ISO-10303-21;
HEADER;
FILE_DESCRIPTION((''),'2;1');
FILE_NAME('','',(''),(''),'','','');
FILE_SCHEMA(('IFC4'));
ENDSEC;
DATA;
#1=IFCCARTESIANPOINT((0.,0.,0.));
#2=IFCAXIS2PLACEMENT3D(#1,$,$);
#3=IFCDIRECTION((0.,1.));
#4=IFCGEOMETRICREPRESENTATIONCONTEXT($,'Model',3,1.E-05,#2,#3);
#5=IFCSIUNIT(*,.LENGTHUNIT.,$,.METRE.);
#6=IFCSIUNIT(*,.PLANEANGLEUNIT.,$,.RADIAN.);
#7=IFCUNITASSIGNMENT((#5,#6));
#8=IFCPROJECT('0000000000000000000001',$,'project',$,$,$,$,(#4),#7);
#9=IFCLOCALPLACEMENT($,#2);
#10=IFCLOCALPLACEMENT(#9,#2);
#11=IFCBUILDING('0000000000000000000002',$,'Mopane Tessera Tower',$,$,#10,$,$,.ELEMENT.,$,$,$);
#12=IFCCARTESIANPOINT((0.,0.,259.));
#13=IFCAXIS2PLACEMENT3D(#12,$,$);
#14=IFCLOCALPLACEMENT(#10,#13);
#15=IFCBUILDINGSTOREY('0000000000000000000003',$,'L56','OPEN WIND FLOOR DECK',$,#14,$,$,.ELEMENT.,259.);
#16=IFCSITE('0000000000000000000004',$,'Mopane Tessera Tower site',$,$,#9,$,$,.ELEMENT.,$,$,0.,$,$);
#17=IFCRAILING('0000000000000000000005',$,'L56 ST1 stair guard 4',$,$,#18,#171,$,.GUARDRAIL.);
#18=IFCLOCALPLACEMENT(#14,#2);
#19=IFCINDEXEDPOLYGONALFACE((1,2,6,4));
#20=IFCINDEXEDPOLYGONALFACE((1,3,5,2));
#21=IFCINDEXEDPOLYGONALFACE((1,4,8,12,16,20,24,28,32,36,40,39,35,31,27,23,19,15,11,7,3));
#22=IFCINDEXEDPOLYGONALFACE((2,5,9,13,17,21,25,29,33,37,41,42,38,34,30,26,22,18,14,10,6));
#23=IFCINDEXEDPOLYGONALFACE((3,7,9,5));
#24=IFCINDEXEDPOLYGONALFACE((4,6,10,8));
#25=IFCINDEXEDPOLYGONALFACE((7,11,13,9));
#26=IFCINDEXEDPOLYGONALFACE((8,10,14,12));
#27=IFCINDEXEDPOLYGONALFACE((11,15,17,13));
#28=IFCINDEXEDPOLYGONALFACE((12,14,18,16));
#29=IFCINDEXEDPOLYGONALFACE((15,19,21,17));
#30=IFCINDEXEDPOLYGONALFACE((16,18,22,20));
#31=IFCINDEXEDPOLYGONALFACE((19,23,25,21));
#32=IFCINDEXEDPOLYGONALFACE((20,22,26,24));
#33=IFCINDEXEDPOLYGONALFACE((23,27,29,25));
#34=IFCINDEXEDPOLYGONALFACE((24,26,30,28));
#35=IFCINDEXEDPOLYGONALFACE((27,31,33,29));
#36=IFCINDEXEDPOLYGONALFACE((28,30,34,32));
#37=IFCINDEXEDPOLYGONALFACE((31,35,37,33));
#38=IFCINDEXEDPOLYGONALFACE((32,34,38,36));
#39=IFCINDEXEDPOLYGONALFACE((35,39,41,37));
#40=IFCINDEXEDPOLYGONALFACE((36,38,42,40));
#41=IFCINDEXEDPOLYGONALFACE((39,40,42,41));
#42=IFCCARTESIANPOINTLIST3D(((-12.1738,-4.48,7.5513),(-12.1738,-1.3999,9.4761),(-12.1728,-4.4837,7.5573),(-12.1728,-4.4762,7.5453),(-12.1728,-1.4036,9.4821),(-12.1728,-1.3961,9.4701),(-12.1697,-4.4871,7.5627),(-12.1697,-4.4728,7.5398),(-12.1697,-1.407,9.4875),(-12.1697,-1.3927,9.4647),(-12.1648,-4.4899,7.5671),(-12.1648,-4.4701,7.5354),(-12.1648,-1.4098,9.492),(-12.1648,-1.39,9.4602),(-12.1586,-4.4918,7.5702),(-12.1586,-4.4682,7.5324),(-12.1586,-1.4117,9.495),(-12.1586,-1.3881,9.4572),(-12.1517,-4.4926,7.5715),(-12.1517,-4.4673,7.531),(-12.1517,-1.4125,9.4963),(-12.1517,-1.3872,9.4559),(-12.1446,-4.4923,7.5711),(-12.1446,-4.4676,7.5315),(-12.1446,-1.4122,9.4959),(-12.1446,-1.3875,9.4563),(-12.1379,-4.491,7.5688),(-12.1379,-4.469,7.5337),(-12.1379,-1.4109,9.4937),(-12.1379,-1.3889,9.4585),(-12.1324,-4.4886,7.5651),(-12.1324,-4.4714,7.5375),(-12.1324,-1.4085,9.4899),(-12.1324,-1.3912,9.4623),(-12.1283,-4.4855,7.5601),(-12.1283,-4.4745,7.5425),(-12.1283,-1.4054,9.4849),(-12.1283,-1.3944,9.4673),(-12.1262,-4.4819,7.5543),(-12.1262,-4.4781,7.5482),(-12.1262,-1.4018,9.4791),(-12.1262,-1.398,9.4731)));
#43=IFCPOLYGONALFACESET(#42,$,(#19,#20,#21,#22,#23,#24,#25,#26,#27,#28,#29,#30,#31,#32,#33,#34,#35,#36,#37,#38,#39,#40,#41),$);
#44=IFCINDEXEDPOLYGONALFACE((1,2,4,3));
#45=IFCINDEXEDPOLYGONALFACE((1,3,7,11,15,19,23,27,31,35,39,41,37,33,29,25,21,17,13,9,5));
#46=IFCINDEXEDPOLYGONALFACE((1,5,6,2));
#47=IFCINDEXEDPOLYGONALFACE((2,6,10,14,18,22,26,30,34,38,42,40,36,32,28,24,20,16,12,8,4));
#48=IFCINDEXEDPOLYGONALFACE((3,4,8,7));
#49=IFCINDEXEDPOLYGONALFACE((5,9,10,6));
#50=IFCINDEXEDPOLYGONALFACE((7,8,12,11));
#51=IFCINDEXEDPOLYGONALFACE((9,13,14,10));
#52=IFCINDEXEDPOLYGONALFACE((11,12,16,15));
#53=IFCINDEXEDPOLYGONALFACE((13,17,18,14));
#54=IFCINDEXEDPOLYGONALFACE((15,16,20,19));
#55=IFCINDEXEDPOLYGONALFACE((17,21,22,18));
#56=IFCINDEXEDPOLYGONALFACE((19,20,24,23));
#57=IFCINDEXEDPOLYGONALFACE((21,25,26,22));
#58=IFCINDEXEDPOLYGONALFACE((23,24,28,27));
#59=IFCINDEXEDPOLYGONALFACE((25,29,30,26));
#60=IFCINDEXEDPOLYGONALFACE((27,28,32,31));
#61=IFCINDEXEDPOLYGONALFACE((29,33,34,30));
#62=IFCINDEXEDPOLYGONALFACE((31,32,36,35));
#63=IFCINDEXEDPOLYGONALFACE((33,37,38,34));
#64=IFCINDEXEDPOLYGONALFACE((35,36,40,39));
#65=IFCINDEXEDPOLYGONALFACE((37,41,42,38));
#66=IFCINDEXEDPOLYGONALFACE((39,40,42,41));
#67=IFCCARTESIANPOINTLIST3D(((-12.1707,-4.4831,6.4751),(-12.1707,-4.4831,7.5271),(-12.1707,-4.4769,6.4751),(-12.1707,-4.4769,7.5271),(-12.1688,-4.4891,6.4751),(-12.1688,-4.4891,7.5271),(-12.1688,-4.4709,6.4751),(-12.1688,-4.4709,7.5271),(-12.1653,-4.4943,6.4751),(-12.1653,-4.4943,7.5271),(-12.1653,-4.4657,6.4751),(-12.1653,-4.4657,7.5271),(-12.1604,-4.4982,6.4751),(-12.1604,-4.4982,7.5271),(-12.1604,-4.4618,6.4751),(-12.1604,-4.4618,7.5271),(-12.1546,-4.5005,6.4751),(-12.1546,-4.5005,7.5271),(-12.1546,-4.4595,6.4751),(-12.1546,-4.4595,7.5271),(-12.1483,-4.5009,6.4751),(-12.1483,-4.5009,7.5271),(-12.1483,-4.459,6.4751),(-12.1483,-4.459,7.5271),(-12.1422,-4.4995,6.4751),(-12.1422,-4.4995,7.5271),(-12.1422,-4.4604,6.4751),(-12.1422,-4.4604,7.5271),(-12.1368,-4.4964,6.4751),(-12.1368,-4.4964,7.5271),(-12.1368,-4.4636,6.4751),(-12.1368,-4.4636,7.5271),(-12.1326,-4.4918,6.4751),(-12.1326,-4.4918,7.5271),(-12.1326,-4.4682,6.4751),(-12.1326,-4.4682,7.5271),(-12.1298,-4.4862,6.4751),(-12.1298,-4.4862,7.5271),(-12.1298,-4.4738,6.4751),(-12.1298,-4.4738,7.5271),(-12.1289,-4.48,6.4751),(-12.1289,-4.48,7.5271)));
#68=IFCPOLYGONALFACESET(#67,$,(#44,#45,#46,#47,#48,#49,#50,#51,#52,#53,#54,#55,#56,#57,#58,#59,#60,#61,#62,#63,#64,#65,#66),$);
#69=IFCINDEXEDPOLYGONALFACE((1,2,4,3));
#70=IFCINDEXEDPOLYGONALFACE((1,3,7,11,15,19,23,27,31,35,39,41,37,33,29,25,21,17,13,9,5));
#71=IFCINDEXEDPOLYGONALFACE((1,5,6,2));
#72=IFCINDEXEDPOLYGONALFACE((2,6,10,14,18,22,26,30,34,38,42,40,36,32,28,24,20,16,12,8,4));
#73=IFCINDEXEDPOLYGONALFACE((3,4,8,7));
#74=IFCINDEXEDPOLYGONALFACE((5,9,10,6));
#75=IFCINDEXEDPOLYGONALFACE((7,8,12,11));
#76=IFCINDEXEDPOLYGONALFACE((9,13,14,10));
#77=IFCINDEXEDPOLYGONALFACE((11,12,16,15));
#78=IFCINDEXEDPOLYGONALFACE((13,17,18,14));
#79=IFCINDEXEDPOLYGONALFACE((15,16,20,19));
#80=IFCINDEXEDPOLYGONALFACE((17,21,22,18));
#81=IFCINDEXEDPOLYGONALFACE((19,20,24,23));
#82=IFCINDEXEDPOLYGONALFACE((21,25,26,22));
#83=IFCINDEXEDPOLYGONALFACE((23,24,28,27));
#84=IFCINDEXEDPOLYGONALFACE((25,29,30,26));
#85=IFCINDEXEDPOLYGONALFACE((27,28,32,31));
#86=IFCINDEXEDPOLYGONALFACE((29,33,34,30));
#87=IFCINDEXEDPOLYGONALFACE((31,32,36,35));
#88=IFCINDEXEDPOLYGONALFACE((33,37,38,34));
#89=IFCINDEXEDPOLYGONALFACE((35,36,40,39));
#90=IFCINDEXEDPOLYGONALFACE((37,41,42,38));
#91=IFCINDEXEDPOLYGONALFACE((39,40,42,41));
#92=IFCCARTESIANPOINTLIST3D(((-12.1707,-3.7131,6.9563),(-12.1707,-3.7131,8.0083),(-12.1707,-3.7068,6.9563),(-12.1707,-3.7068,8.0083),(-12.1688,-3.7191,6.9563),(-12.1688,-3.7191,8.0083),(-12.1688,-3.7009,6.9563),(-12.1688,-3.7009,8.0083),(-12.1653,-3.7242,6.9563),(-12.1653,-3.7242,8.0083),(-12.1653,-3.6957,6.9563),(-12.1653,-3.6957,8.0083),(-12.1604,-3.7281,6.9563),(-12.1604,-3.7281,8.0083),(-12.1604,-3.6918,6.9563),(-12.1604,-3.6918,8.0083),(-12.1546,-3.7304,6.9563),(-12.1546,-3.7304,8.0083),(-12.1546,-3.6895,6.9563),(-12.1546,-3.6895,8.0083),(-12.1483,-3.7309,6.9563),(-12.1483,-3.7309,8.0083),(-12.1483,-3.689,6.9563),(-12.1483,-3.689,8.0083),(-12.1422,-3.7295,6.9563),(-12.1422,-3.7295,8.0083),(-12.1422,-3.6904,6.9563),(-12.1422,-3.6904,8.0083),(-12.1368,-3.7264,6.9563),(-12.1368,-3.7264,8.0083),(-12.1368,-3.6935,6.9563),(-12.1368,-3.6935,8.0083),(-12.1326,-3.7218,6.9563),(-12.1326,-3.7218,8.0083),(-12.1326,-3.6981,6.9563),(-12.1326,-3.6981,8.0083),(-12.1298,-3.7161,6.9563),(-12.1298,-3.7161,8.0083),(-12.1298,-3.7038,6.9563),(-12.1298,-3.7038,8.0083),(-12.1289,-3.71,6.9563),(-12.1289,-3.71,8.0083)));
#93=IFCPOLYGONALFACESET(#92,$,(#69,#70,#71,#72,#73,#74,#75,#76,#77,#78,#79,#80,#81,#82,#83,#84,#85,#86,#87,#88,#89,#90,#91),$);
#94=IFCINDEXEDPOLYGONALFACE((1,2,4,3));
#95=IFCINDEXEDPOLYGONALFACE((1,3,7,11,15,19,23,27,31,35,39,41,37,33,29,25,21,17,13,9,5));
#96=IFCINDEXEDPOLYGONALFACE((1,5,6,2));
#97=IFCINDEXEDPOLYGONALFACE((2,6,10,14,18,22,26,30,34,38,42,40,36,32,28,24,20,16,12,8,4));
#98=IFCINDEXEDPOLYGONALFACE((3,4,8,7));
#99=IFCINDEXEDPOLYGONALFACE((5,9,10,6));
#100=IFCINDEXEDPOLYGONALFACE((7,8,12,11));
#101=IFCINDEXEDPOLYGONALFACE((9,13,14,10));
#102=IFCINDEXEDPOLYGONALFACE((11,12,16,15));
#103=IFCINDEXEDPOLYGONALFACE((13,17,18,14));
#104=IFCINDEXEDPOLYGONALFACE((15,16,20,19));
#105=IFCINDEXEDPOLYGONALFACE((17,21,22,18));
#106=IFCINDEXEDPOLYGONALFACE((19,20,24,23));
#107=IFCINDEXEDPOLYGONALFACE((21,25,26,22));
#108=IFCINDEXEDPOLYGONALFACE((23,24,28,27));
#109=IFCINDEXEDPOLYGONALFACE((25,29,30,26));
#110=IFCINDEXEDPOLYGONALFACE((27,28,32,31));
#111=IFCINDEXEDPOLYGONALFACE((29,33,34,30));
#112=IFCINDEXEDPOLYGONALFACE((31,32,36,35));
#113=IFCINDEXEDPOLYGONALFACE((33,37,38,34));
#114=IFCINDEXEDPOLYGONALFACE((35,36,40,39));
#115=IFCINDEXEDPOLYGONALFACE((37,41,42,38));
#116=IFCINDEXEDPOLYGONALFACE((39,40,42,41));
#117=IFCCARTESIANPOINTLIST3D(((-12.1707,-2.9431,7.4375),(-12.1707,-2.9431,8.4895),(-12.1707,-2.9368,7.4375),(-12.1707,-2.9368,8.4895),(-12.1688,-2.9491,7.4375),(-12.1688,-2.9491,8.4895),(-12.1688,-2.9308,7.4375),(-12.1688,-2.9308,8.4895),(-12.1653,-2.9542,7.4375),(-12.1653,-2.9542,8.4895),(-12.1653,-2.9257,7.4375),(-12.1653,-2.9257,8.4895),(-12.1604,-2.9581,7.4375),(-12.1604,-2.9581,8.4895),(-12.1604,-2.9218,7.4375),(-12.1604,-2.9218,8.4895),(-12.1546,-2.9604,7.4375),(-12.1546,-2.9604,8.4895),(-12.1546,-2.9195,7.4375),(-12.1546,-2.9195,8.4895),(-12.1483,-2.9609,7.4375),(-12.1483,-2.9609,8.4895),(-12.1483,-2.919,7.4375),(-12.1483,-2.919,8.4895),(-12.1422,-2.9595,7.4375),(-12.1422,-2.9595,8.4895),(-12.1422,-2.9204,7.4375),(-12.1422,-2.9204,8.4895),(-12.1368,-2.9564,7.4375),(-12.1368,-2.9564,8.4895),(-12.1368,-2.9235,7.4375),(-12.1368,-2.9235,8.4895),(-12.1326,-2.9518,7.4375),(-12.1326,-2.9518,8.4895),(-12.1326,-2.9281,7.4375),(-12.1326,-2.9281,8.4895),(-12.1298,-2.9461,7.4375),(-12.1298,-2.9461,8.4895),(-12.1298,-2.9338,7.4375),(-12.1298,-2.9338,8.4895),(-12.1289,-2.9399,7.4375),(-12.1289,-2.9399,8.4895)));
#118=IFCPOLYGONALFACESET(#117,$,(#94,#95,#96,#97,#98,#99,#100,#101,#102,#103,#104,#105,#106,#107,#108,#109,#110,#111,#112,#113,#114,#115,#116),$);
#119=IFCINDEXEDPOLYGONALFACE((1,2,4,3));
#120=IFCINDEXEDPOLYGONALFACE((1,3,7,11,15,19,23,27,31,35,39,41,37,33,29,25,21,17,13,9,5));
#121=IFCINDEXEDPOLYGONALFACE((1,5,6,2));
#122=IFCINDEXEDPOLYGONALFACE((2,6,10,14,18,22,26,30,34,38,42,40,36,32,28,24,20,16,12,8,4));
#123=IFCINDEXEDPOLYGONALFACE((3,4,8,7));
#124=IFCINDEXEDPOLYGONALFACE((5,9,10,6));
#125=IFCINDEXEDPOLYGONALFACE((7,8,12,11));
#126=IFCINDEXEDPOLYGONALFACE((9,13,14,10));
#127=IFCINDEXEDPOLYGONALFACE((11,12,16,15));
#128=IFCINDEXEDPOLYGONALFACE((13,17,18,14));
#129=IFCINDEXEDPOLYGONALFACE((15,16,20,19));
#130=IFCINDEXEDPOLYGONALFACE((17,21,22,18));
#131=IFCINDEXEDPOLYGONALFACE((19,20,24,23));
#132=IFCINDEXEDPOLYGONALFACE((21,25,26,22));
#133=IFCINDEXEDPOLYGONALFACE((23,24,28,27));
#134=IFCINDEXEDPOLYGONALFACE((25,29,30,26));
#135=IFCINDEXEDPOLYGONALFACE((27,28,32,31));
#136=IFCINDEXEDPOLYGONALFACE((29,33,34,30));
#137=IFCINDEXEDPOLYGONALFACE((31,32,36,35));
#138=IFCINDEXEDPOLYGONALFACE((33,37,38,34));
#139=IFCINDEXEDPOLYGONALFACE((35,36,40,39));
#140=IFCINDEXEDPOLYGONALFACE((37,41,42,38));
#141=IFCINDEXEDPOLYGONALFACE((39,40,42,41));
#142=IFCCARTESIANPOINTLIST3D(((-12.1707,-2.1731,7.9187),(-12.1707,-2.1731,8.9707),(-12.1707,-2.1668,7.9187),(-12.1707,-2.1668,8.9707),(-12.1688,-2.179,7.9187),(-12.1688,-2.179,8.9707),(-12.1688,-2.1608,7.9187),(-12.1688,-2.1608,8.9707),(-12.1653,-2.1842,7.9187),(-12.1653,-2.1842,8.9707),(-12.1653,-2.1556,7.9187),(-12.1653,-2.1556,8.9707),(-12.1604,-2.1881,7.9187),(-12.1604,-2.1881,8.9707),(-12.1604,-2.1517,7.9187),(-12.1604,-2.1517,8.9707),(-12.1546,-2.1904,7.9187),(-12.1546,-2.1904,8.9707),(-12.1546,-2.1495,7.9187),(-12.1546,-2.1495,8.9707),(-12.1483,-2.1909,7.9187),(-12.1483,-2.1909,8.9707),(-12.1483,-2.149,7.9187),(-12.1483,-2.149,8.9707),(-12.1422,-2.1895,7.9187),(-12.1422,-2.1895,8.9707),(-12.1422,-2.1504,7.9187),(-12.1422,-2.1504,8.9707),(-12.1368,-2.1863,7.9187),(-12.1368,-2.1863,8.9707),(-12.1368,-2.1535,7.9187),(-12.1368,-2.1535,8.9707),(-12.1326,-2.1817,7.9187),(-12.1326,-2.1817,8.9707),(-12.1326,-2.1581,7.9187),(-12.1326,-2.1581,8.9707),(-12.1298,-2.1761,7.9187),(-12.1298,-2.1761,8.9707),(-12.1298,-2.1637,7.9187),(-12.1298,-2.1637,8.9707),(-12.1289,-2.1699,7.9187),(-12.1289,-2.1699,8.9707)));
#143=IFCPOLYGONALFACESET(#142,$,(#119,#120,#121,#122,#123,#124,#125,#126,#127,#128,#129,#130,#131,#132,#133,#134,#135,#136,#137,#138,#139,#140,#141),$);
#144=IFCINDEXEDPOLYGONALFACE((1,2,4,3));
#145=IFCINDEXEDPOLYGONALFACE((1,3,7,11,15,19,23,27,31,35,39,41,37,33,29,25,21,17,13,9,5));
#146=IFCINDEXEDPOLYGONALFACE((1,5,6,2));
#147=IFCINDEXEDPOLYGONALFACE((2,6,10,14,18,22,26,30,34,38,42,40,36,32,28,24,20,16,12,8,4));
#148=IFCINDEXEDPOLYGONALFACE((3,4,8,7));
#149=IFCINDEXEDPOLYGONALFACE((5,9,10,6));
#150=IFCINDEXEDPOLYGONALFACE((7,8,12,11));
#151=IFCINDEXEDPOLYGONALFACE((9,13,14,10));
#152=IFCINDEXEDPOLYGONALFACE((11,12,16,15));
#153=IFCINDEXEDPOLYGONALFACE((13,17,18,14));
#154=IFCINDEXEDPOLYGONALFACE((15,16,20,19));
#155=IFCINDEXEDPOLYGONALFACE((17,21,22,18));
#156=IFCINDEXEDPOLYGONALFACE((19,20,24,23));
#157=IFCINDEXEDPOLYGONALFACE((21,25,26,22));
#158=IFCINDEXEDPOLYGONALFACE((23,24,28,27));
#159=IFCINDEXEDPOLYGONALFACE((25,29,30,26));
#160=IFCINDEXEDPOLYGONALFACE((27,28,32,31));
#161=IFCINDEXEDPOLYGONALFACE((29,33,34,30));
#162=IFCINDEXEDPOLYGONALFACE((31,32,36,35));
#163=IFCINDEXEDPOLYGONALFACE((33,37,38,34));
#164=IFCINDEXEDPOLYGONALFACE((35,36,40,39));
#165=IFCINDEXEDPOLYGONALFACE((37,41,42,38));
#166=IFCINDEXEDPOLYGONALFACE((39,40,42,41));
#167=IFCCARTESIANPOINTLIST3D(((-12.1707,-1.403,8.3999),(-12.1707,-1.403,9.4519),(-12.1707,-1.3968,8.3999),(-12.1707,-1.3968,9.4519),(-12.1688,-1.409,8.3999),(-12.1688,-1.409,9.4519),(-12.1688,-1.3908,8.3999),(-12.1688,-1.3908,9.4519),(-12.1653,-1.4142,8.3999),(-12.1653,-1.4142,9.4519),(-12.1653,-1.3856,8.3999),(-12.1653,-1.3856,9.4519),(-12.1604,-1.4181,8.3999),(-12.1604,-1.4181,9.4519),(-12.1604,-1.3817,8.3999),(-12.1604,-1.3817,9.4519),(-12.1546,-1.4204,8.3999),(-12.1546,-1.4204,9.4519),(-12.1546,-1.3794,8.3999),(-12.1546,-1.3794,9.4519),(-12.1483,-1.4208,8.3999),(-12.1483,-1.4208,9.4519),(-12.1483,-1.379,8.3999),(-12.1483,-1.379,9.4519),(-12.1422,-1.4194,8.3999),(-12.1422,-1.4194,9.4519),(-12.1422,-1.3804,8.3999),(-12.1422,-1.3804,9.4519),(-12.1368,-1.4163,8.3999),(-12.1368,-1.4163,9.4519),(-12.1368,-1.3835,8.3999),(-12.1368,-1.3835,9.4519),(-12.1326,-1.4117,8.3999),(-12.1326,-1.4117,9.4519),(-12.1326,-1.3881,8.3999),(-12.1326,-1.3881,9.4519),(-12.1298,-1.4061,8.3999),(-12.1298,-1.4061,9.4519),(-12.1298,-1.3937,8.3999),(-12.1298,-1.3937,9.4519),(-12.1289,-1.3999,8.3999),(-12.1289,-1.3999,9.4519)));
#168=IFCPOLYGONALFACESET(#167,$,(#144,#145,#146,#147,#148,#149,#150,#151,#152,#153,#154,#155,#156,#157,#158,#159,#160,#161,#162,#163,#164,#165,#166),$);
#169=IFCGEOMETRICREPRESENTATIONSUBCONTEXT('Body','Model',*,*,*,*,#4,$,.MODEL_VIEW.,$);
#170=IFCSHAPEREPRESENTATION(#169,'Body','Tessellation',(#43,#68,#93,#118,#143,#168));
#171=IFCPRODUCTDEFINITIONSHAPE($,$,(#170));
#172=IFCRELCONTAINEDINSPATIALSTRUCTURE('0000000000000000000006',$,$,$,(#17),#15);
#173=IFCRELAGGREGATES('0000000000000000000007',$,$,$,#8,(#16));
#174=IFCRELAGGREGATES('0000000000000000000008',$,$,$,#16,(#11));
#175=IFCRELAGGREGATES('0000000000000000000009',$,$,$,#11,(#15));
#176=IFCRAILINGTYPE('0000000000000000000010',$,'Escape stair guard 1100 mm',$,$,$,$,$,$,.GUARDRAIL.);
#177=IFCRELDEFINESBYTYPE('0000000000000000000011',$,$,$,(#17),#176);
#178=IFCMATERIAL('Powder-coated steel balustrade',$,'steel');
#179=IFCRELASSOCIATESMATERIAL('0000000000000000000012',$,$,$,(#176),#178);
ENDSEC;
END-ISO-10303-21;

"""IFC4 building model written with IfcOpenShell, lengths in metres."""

from ifc_helpers import new_model, si_unit, direction, frame, origin, origin_2d, place, context, subcontext, project, spatial, circle, extrude, material, type_object, element, save


model = new_model("IFC4")

# Units and contexts
model_context = context("Model", 3, precision=1e-05, world=origin(), true_north=direction((0.0, 1.0)))
body_context = subcontext(model_context, "Body", "Model", "MODEL_VIEW")
ifc_project = project(units=[si_unit("LENGTHUNIT", "METRE"), si_unit("PLANEANGLEUNIT", "RADIAN")], contexts=[model_context])

# Site, building, storey
site_placement = place(None, origin())
site = spatial("IfcSite", under=ifc_project, at=site_placement, Name="Mopane Tessera Tower site", CompositionType="ELEMENT", RefElevation=0.0)
building_placement = place(site_placement, origin())
building = spatial("IfcBuilding", under=site, at=building_placement, Name="Mopane Tessera Tower", CompositionType="ELEMENT")
storey_placement = place(building_placement, frame((0.0, 0.0, 259.0)))
storey = spatial("IfcBuildingStorey", under=building, at=storey_placement, Name="L56", Description="OPEN WIND FLOOR DECK", CompositionType="ELEMENT", Elevation=259.0)

# Railing
ifc_material_1 = material(Name="Powder-coated steel balustrade", Category="steel")
railing_type_1 = type_object("IfcRailingType", Name="Escape stair guard 1100 mm", PredefinedType="GUARDRAIL", material=ifc_material_1)
railing_1_placement = place(storey_placement, frame((-12.1499, -4.48, 6.4751)))
element("IfcRailing", 1, at=railing_1_placement, inside=storey, type_object=railing_type_1, Name="L56 ST1 stair guard 4", PredefinedType="GUARDRAIL", context=body_context, shape_type="SweptSolid", body=[
    extrude(circle(Radius=0.0239, at=origin_2d()), frame((0.0, 0.0, 1.0762), z_axis=(0.0, 0.848029, 0.529951), x_axis=(-1.0, 0.0, 0.0)), (0.0, 0.0, 1.0), 3.6321),
    extrude(circle(Radius=0.021, at=origin_2d()), origin(), (0.0, 0.0, 1.0), 1.052),
    extrude(circle(Radius=0.021, at=origin_2d()), frame((0.0, 0.77, 0.4812)), (0.0, 0.0, 1.0), 1.052),
    extrude(circle(Radius=0.021, at=origin_2d()), frame((0.0, 1.54, 0.9624)), (0.0, 0.0, 1.0), 1.052),
    extrude(circle(Radius=0.021, at=origin_2d()), frame((0.0, 2.3101, 1.4436)), (0.0, 0.0, 1.0), 1.052),
    extrude(circle(Radius=0.021, at=origin_2d()), frame((0.0, 3.0801, 1.9248)), (0.0, 0.0, 1.0), 1.052),
])

save(model, "model.ifc")
